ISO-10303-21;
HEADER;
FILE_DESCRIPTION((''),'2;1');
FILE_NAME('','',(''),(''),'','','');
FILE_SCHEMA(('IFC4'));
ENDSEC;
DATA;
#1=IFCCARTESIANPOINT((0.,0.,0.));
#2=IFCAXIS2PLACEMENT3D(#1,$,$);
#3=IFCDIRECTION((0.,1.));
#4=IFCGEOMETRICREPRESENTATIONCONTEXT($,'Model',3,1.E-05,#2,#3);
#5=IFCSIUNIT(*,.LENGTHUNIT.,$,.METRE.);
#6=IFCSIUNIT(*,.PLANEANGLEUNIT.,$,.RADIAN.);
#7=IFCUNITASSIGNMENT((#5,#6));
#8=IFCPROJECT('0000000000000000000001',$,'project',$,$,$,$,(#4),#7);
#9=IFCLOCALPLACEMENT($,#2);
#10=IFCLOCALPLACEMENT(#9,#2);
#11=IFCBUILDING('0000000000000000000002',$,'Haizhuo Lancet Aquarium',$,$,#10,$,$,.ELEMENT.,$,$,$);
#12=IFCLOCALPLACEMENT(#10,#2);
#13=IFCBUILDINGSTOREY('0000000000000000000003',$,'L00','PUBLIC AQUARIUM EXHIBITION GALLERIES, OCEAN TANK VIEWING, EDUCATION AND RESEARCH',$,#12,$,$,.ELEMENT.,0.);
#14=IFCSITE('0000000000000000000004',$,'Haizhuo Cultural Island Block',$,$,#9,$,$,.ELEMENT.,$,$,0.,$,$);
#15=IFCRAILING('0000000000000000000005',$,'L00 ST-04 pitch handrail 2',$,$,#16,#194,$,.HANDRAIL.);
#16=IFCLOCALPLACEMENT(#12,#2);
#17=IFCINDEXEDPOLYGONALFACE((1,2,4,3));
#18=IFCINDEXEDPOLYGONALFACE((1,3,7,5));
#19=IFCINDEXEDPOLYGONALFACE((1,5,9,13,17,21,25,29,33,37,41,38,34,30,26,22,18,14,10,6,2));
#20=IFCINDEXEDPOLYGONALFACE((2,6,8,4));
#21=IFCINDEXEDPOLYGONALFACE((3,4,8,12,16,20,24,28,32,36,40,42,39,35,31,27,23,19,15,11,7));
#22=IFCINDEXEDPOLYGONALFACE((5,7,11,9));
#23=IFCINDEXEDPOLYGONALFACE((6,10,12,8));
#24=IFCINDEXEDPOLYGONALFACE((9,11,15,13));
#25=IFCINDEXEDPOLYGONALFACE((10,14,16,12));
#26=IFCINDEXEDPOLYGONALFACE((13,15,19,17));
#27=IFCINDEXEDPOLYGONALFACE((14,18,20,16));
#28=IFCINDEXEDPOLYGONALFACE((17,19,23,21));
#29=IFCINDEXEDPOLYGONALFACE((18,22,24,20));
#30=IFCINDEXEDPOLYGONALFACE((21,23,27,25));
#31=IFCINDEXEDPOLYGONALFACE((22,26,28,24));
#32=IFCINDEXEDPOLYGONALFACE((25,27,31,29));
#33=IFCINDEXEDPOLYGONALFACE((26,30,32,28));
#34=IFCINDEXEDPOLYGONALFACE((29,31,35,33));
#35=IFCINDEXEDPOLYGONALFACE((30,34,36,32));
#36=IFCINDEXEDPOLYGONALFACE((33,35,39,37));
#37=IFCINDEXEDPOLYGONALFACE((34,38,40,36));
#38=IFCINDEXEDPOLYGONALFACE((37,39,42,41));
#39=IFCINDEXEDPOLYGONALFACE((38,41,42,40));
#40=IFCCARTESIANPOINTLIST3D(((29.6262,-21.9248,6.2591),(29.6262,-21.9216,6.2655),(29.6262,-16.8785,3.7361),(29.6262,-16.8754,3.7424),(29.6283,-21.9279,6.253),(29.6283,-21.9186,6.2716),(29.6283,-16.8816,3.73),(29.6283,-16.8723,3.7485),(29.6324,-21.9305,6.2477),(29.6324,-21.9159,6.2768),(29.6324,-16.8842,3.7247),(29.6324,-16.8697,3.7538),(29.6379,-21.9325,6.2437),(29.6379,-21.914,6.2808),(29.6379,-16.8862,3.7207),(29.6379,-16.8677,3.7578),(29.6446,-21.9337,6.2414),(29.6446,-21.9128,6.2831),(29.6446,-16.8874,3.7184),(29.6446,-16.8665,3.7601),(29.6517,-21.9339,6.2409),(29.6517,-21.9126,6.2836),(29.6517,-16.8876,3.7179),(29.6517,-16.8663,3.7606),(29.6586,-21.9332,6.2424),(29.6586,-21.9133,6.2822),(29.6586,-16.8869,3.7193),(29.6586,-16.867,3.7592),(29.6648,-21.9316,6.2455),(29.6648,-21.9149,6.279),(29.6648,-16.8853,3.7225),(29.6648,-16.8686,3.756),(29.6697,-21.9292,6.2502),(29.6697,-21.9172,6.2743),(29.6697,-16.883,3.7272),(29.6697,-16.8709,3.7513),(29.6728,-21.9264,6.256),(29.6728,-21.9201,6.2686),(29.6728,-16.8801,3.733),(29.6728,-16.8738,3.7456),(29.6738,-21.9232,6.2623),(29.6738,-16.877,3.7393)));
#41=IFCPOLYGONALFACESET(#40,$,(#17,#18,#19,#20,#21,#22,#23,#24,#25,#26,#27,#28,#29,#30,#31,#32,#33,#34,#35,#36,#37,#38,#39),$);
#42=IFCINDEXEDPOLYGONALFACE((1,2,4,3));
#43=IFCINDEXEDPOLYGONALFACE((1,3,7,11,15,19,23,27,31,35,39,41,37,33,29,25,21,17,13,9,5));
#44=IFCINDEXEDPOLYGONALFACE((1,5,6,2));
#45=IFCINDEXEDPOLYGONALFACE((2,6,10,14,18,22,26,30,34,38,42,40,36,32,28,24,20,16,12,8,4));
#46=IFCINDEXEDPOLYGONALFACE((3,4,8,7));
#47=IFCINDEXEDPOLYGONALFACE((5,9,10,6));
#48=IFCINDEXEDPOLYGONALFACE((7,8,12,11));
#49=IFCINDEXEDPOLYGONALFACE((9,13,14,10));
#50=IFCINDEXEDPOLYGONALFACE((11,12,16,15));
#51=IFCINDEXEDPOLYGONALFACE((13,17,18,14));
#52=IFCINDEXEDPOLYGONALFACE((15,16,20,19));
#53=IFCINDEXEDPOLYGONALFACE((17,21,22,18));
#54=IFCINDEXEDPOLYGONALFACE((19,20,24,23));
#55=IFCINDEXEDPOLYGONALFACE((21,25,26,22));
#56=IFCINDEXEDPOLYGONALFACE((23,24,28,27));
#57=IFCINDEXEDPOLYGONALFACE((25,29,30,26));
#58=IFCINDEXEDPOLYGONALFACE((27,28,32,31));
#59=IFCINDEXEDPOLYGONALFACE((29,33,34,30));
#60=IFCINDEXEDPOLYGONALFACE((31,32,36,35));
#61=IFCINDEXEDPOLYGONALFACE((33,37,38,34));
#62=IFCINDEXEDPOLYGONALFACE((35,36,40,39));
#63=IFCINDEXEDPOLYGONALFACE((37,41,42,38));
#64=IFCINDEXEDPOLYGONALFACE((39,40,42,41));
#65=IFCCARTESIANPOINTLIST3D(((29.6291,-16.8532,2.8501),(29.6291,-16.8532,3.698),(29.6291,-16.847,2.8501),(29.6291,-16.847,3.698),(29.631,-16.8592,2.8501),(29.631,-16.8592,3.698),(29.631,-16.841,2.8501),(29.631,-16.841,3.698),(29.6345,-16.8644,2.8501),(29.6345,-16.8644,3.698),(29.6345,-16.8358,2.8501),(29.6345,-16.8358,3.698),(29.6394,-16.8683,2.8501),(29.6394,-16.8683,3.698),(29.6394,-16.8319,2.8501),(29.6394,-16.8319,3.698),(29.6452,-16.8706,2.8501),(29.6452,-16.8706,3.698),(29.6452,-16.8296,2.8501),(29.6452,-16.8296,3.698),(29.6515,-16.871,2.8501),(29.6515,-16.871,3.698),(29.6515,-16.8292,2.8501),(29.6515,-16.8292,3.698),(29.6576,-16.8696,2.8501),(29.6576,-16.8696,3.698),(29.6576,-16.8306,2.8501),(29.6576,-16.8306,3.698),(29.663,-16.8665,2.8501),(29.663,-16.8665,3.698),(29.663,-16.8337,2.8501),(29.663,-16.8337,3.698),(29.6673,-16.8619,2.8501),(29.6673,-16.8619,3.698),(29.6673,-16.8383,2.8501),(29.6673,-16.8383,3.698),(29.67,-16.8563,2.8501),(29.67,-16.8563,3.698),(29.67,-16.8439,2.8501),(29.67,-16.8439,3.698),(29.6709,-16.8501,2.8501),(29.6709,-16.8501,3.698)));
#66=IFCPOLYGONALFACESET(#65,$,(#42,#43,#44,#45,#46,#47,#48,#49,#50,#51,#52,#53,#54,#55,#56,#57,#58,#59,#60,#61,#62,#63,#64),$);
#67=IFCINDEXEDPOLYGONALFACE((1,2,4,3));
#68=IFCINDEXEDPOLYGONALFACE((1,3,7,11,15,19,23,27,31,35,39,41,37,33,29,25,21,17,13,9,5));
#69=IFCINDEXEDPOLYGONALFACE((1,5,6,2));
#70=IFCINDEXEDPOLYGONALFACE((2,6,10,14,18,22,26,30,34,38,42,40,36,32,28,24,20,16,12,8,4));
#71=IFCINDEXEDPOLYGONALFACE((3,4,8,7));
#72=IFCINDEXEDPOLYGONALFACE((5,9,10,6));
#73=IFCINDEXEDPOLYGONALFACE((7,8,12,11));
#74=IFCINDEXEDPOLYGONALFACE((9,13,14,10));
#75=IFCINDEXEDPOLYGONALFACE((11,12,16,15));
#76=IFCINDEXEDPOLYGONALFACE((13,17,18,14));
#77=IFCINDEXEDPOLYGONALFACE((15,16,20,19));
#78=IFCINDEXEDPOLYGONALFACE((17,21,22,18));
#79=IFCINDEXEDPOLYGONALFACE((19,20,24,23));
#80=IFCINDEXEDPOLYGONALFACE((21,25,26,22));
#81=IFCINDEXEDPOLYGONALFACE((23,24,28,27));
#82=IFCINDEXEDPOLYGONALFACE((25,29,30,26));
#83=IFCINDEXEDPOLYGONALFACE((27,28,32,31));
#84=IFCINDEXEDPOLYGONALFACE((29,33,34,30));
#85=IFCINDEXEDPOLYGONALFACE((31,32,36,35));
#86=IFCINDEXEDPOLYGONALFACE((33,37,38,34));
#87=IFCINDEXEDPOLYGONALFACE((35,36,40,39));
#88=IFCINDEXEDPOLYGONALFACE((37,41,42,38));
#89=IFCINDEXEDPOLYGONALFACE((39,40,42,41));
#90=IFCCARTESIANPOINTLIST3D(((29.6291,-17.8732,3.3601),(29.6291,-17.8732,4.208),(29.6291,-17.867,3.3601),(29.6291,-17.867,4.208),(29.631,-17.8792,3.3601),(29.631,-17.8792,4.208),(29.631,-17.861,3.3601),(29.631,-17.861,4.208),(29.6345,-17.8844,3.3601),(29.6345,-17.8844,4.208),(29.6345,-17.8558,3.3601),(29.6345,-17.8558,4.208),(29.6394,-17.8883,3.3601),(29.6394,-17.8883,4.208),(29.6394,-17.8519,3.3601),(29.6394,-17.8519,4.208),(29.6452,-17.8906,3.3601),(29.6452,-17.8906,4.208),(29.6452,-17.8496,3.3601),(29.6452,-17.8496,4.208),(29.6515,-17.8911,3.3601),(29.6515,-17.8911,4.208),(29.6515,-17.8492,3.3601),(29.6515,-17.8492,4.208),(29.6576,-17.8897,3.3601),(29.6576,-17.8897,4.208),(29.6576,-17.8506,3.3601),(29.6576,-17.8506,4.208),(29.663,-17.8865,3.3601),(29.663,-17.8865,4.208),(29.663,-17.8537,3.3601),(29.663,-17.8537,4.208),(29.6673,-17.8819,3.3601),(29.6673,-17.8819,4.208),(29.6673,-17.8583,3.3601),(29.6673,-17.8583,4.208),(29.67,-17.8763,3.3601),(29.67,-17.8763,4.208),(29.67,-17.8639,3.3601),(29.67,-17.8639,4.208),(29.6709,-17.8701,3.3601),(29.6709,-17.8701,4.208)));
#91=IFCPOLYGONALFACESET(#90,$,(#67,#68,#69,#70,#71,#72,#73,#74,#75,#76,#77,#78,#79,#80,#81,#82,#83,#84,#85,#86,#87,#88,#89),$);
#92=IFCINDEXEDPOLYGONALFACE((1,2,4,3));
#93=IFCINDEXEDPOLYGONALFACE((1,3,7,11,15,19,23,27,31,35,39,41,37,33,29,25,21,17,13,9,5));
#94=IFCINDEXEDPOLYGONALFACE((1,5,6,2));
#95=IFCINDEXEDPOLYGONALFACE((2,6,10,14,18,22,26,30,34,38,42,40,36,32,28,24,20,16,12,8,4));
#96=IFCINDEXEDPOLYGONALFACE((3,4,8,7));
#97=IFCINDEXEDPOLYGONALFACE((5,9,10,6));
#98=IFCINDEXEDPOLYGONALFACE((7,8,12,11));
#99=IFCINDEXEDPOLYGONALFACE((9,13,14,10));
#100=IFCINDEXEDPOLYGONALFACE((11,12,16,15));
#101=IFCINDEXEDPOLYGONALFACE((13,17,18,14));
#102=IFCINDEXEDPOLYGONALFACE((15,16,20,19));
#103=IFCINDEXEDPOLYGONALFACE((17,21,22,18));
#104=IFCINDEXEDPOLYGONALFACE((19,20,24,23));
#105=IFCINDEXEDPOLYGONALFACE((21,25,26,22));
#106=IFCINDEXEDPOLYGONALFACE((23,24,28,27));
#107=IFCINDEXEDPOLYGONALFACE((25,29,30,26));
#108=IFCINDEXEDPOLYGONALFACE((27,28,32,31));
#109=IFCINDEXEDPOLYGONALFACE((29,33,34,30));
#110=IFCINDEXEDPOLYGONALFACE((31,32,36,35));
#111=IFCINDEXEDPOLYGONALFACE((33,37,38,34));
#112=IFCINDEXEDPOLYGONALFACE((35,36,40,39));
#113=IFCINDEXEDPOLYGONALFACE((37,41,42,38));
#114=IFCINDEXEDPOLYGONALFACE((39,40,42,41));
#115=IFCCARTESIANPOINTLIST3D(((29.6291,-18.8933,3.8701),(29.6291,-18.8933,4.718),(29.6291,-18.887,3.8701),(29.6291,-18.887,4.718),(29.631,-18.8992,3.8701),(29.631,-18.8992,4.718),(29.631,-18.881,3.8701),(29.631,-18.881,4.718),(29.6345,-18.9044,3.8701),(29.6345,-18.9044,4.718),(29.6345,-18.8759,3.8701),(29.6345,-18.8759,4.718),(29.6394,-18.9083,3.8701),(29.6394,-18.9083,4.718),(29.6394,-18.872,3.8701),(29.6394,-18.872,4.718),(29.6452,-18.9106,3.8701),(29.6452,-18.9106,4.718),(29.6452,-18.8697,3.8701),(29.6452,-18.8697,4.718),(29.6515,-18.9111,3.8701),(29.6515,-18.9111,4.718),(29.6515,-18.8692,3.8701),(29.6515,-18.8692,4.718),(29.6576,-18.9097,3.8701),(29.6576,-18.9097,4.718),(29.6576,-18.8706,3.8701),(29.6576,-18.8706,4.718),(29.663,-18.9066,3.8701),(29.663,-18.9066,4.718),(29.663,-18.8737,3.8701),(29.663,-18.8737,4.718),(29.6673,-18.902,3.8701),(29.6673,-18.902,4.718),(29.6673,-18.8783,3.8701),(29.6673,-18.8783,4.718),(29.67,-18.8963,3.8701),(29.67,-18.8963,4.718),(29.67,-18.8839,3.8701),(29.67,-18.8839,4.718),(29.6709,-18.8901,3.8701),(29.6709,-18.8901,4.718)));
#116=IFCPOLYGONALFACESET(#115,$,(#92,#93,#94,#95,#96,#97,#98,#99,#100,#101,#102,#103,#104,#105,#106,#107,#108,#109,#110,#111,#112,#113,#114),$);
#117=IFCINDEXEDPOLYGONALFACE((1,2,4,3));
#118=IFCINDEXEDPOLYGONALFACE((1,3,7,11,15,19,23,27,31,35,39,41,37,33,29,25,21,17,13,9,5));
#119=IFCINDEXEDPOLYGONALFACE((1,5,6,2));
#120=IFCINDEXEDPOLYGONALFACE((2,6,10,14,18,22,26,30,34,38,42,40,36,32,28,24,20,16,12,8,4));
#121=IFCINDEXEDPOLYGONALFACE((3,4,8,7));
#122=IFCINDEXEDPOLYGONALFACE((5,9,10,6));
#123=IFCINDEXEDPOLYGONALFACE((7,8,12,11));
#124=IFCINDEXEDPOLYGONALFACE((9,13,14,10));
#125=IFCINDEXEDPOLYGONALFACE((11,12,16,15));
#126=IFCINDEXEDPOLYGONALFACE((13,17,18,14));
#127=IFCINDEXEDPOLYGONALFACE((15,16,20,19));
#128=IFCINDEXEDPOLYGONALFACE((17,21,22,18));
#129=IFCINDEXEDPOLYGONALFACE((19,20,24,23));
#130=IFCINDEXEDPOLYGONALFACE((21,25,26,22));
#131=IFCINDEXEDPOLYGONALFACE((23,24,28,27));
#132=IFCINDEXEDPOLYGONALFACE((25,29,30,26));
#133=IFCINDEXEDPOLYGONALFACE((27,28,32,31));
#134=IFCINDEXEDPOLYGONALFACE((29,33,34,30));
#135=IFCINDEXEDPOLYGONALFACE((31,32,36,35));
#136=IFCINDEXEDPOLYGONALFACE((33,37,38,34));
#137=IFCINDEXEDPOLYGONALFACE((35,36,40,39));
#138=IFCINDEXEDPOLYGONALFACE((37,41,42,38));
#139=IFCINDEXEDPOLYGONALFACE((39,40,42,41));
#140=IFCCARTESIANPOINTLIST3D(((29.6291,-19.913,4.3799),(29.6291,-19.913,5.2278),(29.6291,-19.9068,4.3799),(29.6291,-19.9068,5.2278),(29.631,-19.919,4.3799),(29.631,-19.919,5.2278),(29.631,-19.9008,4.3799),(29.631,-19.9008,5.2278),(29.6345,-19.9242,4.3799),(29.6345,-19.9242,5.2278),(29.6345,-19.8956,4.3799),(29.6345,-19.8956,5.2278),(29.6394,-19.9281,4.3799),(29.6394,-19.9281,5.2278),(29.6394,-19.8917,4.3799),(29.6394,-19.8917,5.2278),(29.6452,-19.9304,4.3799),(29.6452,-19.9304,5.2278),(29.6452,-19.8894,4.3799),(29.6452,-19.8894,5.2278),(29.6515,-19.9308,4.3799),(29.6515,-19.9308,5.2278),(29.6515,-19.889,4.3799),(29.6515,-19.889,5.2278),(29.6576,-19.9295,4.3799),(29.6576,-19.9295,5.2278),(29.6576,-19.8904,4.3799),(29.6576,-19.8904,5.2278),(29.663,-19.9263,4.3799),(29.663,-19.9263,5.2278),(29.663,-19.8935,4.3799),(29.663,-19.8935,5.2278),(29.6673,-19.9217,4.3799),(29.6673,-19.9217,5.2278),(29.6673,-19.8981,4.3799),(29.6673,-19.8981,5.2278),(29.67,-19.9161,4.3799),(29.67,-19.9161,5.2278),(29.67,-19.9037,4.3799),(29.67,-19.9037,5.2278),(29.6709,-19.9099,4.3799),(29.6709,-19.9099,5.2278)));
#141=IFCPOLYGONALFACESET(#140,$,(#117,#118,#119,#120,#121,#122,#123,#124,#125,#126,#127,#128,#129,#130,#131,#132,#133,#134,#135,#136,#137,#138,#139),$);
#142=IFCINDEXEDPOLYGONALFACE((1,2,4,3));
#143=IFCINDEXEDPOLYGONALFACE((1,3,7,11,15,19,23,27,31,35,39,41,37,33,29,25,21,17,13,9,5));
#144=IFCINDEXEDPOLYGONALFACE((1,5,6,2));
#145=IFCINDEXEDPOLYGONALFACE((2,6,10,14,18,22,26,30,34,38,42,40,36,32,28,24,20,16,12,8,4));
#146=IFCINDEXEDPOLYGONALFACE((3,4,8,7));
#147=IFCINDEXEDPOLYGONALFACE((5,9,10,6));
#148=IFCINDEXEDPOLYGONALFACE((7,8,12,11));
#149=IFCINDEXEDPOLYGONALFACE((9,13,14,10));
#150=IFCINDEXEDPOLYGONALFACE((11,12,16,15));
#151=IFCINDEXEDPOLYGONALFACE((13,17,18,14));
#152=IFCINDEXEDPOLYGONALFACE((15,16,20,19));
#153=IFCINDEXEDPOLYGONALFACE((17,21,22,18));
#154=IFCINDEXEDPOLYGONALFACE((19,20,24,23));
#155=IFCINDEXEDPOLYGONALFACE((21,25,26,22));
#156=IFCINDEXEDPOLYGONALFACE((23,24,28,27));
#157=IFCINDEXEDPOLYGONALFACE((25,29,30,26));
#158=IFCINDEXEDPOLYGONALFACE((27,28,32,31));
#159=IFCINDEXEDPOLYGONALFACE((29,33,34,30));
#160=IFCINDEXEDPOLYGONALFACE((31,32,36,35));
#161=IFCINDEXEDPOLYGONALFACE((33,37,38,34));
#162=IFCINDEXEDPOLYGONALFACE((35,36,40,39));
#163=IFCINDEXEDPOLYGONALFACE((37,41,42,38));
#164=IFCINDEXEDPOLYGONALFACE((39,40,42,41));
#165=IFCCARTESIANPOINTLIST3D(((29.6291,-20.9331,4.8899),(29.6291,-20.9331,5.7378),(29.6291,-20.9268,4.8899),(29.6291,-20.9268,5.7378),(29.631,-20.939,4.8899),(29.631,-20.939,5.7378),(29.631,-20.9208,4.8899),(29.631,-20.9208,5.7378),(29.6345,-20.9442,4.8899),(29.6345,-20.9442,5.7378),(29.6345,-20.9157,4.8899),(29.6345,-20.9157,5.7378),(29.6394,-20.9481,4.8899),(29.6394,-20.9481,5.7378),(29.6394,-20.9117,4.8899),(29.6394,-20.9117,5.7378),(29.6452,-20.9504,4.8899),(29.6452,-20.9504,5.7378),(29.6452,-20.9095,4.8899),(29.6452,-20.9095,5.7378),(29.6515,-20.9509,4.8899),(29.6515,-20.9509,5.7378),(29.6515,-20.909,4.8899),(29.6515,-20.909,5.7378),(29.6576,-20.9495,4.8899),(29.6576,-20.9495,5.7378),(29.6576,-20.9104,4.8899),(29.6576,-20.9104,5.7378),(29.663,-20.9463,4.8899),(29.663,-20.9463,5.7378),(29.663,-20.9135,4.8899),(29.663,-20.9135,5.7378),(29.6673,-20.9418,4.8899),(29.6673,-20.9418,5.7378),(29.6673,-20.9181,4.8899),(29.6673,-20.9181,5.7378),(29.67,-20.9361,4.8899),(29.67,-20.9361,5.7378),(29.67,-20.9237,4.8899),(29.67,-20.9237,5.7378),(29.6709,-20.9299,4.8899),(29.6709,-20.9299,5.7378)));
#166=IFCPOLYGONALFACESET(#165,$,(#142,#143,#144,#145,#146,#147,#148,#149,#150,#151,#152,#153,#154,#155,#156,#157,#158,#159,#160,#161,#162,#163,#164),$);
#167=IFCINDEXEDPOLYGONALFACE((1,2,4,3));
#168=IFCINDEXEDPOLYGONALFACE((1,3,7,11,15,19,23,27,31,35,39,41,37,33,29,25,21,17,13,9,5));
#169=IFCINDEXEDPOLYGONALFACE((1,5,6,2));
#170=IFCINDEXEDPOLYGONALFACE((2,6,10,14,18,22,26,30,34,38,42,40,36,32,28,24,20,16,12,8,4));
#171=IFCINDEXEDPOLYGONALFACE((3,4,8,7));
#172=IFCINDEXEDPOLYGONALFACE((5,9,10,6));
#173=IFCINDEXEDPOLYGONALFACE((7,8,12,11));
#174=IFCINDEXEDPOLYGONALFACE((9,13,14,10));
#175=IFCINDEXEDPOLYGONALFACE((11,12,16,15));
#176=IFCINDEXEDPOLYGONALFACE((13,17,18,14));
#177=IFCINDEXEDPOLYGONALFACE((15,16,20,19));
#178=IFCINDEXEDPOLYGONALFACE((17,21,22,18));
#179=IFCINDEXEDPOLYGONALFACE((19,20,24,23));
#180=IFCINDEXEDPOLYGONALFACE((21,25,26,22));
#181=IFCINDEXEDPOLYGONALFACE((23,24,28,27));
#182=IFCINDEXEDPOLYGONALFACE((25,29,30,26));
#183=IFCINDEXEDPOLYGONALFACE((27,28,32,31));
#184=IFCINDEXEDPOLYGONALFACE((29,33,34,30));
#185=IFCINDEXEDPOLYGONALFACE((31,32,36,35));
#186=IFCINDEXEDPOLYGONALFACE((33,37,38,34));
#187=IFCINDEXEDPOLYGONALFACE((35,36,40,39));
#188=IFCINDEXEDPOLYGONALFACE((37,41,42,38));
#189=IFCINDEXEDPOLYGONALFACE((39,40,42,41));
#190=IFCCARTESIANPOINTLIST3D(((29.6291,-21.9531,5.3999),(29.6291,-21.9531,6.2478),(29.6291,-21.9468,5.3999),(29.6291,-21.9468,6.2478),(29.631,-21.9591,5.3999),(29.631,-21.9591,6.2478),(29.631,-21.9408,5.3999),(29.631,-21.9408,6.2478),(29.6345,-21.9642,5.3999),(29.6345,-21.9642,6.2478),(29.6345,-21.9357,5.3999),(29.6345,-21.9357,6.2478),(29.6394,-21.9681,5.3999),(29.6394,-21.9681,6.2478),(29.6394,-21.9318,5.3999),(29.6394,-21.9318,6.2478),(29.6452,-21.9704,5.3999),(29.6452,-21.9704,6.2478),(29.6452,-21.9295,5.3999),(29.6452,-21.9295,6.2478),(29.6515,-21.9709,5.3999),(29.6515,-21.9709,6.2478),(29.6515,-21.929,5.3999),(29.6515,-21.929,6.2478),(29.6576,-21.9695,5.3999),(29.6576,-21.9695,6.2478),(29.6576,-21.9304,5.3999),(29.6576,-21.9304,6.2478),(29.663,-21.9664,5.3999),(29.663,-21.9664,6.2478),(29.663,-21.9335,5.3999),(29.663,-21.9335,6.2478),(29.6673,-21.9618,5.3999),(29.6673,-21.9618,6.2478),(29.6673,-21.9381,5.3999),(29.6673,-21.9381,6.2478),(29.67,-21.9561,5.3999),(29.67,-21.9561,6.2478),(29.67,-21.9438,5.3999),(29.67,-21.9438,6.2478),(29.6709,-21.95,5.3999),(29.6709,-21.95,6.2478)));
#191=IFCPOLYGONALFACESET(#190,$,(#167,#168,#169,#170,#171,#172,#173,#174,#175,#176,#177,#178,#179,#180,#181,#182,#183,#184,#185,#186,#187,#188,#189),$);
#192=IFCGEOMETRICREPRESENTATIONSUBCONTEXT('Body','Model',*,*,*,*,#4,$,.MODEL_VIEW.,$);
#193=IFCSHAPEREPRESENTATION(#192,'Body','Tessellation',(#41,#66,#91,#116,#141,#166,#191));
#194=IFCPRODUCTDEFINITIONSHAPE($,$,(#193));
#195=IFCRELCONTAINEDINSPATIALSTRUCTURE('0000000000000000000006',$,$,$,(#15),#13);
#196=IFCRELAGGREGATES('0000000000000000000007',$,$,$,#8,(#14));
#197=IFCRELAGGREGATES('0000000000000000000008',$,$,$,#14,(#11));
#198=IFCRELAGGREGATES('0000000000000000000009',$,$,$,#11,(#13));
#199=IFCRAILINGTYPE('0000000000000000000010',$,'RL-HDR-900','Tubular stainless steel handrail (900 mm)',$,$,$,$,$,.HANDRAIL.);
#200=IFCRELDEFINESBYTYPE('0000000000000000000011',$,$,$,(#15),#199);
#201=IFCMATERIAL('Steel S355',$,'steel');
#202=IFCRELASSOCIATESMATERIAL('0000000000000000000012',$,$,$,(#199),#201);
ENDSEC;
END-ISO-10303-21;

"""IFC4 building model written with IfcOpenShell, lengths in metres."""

from ifc_helpers import new_model, si_unit, direction, frame, origin, origin_2d, place, context, subcontext, project, spatial, circle, extrude, material, type_object, element, save


model = new_model("IFC4")

# Units and contexts
model_context = context("Model", 3, precision=1e-05, world=origin(), true_north=direction((0.0, 1.0)))
body_context = subcontext(model_context, "Body", "Model", "MODEL_VIEW")
ifc_project = project(units=[si_unit("LENGTHUNIT", "METRE"), si_unit("PLANEANGLEUNIT", "RADIAN")], contexts=[model_context])

# Site, building, storey
site_placement = place(None, origin())
site = spatial("IfcSite", under=ifc_project, at=site_placement, Name="Haizhuo Cultural Island Block", CompositionType="ELEMENT", RefElevation=0.0)
building_placement = place(site_placement, origin())
building = spatial("IfcBuilding", under=site, at=building_placement, Name="Haizhuo Lancet Aquarium", CompositionType="ELEMENT")
storey_placement = place(building_placement, origin())
storey = spatial("IfcBuildingStorey", under=building, at=storey_placement, Name="L00", Description="PUBLIC AQUARIUM EXHIBITION GALLERIES, OCEAN TANK VIEWING, EDUCATION AND RESEARCH", CompositionType="ELEMENT", Elevation=0.0)

# Shared definitions
ifc_material_1 = material(Name="Steel S355", Category="steel")

# Railing
railing_type_1 = type_object("IfcRailingType", Name="RL-HDR-900", Description="Tubular stainless steel handrail (900 mm)", PredefinedType="HANDRAIL", material=ifc_material_1)
railing_1_placement = place(storey_placement, frame((29.6499, -16.8501, 2.8501)))
element("IfcRailing", 1, at=railing_1_placement, inside=storey, type_object=railing_type_1, Name="L00 ST-04 pitch handrail 2", PredefinedType="HANDRAIL", context=body_context, shape_type="SweptSolid", body=[
    extrude(circle(Radius=0.0239, at=origin_2d()), frame((0.0, -0.0269, 0.8892), z_axis=(0.0, -0.894436, 0.447196), x_axis=(1.0, 0.0, 0.0)), (0.0, 0.0, 1.0), 5.6418),
    extrude(circle(Radius=0.021, at=origin_2d()), origin(), (0.0, 0.0, 1.0), 0.8479),
    extrude(circle(Radius=0.021, at=origin_2d()), frame((0.0, -1.02, 0.51)), (0.0, 0.0, 1.0), 0.8479),
    extrude(circle(Radius=0.021, at=origin_2d()), frame((0.0, -2.04, 1.02)), (0.0, 0.0, 1.0), 0.8479),
    extrude(circle(Radius=0.021, at=origin_2d()), frame((0.0, -3.0598, 1.5298)), (0.0, 0.0, 1.0), 0.8479),
    extrude(circle(Radius=0.021, at=origin_2d()), frame((0.0, -4.0798, 2.0398)), (0.0, 0.0, 1.0), 0.8479),
    extrude(circle(Radius=0.021, at=origin_2d()), frame((0.0, -5.0999, 2.5498)), (0.0, 0.0, 1.0), 0.8479),
])

save(model, "model.ifc")
